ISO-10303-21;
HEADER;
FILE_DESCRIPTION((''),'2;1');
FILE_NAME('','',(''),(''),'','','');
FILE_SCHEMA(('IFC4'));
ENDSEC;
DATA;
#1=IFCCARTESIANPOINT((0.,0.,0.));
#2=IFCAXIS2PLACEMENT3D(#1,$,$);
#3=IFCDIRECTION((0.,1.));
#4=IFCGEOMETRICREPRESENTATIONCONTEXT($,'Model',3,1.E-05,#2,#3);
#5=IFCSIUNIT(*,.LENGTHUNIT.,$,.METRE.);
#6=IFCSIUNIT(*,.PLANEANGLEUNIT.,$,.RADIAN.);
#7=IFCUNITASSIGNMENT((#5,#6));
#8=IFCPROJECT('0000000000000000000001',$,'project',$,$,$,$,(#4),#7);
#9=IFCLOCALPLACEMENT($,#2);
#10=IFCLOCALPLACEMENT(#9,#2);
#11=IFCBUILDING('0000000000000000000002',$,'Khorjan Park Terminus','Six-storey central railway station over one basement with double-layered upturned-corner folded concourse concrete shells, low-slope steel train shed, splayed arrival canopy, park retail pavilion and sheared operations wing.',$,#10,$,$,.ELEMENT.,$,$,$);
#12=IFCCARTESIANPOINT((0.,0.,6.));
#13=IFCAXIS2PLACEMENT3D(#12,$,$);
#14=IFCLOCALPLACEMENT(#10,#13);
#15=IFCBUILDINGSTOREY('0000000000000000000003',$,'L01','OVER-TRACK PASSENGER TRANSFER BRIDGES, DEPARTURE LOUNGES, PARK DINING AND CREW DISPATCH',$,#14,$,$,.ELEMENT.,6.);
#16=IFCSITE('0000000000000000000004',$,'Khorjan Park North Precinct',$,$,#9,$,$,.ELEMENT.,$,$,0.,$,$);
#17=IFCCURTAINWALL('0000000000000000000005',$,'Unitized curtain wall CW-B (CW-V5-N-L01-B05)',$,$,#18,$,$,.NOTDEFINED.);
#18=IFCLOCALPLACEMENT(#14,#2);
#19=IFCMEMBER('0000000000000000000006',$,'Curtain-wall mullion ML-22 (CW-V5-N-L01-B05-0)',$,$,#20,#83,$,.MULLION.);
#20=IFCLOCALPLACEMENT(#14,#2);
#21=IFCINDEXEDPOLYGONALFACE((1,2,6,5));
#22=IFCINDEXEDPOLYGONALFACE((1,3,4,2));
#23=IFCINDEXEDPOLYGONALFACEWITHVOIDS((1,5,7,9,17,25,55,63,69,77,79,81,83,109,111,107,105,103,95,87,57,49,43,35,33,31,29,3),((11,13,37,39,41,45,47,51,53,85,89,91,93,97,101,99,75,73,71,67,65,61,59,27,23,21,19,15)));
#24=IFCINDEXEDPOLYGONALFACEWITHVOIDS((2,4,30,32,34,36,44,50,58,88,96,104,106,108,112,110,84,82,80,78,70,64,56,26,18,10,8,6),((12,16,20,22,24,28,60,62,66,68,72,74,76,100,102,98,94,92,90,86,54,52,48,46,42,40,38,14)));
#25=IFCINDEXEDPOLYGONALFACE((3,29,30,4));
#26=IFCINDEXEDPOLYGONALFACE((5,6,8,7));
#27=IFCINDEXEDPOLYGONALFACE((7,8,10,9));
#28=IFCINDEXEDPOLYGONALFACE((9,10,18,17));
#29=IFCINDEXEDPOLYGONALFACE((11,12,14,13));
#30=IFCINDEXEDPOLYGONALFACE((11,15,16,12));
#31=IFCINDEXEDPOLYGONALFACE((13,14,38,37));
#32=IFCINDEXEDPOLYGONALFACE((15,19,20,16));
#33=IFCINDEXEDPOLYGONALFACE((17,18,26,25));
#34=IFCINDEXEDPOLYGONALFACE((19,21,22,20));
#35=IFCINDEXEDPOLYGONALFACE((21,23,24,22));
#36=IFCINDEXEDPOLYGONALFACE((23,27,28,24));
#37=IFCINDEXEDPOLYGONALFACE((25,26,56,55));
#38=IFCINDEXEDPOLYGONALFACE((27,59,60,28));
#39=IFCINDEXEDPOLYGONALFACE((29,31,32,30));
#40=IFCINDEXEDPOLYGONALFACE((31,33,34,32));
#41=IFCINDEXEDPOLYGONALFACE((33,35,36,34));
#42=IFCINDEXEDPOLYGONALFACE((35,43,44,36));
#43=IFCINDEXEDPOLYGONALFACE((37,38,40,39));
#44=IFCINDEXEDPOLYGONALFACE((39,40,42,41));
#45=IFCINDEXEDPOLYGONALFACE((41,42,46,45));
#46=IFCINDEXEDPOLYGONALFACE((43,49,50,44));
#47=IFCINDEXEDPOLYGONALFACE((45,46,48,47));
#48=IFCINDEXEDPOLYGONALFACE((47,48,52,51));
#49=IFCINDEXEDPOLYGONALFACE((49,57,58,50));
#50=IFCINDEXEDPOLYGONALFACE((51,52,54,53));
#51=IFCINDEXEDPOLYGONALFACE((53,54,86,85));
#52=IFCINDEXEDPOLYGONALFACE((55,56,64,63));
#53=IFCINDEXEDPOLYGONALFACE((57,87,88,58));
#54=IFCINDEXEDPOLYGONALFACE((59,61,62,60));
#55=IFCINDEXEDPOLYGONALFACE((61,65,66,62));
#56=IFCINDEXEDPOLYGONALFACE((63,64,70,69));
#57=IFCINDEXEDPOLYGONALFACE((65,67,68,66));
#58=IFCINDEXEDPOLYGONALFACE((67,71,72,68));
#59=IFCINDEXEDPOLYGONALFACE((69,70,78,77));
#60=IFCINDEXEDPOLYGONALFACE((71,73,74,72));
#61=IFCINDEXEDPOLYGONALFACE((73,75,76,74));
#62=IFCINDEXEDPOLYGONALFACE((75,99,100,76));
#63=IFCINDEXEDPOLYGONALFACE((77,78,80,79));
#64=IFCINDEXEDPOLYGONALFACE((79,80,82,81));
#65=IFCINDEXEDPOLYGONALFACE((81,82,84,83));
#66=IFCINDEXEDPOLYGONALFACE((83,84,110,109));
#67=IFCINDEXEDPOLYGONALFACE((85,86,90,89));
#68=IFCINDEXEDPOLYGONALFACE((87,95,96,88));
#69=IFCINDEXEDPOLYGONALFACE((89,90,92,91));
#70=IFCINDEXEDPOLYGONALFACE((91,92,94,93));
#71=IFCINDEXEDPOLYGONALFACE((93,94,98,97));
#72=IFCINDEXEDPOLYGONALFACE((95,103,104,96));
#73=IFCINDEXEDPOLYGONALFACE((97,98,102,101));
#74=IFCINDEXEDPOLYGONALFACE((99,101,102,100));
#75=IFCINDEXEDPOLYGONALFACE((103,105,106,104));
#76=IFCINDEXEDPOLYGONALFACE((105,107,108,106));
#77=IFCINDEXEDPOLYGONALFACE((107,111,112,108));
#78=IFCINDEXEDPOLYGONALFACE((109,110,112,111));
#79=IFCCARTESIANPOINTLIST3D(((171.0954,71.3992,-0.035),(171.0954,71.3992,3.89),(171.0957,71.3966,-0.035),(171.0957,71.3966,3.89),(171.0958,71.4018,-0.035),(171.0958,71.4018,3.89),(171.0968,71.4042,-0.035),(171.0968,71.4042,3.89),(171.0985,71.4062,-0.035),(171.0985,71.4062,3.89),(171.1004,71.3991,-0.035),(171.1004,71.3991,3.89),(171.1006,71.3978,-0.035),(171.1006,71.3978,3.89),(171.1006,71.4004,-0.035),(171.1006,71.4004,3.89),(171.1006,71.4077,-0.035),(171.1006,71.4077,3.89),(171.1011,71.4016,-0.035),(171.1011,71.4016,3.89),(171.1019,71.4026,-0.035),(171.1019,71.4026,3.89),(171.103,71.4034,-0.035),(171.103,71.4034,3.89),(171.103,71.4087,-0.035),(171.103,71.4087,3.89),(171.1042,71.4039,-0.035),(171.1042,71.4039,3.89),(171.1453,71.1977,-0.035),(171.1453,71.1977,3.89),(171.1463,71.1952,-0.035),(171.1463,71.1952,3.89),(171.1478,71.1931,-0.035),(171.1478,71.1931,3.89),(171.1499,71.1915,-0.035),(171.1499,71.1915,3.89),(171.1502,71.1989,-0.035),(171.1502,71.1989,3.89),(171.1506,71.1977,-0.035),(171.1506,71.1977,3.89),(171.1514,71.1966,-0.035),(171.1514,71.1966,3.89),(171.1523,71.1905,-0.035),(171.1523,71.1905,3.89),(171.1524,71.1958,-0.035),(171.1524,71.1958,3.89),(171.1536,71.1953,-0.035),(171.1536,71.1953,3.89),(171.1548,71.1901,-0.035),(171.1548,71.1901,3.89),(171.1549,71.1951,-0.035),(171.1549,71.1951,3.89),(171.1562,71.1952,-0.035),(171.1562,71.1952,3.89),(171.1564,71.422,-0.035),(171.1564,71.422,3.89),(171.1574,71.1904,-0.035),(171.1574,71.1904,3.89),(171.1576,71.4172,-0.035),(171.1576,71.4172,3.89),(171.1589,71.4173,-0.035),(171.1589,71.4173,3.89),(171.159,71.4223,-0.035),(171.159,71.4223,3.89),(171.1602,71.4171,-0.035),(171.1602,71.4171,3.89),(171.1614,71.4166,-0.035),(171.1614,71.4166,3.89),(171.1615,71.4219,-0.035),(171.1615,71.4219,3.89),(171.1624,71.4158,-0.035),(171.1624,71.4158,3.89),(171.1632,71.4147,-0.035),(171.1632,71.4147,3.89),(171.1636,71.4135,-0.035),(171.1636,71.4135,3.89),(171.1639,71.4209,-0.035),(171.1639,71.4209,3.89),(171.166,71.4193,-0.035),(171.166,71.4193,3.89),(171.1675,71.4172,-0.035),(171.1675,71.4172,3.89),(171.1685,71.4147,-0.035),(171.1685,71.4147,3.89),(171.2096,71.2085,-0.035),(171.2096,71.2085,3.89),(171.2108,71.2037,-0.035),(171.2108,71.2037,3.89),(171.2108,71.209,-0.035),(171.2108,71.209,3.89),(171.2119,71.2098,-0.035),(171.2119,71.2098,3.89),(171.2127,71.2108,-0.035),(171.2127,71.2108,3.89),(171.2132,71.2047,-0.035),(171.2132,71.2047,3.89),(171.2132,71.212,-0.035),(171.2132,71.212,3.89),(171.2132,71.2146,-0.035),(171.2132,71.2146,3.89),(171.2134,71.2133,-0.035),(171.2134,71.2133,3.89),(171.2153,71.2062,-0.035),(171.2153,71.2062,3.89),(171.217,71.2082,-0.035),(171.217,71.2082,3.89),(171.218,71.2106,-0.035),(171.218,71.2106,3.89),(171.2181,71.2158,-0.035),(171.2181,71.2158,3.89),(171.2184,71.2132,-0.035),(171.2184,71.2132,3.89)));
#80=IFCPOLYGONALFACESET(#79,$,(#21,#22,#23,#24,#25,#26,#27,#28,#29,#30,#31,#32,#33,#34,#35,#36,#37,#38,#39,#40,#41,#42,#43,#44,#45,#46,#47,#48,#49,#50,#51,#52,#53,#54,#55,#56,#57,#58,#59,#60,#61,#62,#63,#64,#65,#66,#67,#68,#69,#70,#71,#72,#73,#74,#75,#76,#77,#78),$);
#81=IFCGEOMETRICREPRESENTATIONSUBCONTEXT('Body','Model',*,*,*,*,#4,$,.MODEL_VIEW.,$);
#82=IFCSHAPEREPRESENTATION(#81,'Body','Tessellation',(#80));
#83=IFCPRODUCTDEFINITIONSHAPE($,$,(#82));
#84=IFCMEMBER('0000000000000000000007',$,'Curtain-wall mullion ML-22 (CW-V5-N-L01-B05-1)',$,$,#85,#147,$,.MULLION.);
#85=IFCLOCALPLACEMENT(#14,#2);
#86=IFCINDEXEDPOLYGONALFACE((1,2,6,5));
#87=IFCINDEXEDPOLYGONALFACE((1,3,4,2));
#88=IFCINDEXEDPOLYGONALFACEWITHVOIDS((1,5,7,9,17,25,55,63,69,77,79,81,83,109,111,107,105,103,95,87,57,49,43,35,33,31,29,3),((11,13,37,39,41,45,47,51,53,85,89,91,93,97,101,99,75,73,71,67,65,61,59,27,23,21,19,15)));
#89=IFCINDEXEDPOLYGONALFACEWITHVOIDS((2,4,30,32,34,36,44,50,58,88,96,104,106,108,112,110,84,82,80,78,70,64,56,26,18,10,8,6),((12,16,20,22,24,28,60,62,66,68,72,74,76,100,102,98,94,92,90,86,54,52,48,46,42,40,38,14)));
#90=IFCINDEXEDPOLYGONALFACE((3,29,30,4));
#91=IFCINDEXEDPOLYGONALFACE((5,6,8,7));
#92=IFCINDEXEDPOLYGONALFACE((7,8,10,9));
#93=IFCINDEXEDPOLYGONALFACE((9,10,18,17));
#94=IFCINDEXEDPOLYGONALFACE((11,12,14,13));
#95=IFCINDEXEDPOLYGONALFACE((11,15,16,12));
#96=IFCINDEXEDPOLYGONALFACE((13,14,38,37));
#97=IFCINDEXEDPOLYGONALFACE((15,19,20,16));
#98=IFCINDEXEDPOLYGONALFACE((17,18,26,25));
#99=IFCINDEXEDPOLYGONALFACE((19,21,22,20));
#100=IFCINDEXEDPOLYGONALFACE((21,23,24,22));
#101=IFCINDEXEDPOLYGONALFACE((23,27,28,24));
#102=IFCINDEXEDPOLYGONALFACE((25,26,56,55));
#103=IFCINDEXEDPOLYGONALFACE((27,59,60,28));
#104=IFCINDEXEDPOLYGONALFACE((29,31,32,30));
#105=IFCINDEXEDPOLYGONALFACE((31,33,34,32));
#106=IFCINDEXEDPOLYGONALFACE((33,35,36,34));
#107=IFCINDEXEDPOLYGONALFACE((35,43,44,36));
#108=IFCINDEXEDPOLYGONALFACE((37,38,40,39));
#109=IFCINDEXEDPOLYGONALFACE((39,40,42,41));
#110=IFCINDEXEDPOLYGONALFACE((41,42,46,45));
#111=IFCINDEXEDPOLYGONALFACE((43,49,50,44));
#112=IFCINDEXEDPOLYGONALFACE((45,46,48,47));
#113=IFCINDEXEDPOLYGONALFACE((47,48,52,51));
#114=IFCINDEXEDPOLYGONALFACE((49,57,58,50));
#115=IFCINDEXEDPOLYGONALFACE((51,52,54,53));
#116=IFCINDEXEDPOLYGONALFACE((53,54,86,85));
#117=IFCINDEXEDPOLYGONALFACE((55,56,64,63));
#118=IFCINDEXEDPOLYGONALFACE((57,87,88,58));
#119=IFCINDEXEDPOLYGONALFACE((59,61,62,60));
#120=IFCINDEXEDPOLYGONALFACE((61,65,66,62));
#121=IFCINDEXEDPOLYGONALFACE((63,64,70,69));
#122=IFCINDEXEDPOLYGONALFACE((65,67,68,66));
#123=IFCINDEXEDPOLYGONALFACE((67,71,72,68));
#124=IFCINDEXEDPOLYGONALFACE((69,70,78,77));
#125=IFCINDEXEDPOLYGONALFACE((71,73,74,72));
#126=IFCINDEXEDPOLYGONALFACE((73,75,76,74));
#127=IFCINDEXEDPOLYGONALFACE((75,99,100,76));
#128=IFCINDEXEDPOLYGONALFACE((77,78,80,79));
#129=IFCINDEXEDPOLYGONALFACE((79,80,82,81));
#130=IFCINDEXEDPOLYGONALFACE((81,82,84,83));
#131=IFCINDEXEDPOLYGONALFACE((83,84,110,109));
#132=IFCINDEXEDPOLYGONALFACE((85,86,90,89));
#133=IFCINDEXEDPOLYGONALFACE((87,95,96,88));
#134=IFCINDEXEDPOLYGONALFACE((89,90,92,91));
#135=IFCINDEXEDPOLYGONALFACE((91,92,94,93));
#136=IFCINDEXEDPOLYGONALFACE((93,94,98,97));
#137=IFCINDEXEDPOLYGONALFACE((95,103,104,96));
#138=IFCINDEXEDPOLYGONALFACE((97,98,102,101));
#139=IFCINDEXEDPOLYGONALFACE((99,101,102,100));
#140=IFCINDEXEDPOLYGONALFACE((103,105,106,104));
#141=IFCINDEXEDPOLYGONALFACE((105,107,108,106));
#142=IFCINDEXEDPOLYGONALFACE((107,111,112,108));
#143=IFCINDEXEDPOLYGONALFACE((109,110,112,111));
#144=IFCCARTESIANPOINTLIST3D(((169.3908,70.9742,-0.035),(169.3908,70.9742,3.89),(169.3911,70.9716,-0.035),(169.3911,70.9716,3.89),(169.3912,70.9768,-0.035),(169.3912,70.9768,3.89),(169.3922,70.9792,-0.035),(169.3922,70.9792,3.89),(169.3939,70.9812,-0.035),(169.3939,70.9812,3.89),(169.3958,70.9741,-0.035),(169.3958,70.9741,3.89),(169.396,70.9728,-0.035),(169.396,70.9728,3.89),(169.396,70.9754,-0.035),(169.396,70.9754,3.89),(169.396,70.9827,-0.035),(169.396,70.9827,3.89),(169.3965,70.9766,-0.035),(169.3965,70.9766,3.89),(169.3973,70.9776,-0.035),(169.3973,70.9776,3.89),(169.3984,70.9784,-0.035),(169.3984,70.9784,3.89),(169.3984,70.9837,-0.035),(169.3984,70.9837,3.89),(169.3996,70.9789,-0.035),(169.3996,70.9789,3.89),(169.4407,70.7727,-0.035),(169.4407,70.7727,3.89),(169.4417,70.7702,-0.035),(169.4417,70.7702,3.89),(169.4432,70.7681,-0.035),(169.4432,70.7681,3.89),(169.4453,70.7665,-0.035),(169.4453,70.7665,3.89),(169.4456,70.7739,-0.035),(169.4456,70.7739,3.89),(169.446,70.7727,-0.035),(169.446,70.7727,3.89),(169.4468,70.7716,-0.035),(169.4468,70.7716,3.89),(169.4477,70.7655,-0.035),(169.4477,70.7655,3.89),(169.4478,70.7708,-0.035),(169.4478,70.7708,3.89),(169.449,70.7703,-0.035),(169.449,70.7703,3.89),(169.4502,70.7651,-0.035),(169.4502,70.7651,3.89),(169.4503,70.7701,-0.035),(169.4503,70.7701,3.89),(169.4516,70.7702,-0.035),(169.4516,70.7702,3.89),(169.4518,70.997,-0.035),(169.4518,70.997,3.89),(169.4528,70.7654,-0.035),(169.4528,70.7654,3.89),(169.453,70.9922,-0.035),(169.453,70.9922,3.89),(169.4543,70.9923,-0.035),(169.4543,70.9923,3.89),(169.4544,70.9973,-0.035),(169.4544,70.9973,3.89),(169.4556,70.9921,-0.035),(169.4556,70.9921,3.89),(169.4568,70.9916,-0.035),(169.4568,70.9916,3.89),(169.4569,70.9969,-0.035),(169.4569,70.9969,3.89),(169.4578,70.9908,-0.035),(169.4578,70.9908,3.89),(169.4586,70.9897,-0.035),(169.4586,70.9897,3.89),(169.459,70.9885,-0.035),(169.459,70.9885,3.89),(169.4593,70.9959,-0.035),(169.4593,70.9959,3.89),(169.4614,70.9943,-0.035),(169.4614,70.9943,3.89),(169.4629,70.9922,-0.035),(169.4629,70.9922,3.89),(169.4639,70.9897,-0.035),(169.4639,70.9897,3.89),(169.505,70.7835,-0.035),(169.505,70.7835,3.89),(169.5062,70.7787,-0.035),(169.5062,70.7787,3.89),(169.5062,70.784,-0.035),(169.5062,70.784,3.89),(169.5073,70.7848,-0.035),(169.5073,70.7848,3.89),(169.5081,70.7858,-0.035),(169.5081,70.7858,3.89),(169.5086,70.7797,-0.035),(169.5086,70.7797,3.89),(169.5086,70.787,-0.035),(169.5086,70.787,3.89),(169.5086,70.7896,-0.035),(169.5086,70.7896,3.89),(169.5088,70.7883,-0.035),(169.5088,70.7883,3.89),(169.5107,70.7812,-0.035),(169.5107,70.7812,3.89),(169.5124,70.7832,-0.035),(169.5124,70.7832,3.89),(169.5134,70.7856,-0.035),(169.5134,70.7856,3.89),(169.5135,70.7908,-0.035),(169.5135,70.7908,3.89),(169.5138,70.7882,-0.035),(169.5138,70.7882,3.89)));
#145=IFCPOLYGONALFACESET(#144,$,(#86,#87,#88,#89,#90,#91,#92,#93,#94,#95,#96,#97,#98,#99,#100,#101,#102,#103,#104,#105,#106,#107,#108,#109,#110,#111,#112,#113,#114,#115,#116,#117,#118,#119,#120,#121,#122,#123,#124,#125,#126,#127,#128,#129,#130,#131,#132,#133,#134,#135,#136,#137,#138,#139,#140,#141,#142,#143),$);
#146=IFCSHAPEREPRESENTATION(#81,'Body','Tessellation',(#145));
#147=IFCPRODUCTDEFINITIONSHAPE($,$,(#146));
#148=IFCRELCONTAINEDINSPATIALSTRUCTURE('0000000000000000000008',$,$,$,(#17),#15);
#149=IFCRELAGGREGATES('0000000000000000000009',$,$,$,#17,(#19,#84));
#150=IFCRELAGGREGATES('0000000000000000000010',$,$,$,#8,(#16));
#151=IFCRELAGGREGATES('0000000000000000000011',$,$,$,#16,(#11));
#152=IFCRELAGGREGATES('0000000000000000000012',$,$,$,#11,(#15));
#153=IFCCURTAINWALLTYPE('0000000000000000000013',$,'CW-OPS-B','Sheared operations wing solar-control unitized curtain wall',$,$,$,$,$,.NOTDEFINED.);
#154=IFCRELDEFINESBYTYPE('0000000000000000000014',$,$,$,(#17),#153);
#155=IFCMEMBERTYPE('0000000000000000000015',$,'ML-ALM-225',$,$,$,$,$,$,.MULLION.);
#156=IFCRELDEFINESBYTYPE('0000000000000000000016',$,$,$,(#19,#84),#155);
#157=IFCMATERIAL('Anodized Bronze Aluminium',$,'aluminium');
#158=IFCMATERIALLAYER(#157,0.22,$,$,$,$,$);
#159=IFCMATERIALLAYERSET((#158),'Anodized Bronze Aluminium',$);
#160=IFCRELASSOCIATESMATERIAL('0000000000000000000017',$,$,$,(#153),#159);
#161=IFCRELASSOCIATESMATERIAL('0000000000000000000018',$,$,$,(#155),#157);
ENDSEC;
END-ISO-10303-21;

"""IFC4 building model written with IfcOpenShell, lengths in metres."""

from ifc_helpers import new_model, si_unit, direction, frame, origin, origin_2d, place, context, subcontext, project, spatial, hollow_rectangle, extrude, material, layer, layer_set, material_profile, profile_set, type_object, element, aggregate, save


model = new_model("IFC4")

# Units and contexts
model_context = context("Model", 3, precision=1e-05, world=origin(), true_north=direction((0.0, 1.0)))
body_context = subcontext(model_context, "Body", "Model", "MODEL_VIEW")
ifc_project = project(units=[si_unit("LENGTHUNIT", "METRE"), si_unit("PLANEANGLEUNIT", "RADIAN")], contexts=[model_context])

# Site, building, storey
site_placement = place(None, origin())
site = spatial("IfcSite", under=ifc_project, at=site_placement, Name="Khorjan Park North Precinct", CompositionType="ELEMENT", RefElevation=0.0)
building_placement = place(site_placement, origin())
building = spatial("IfcBuilding", under=site, at=building_placement, Name="Khorjan Park Terminus", Description="Six-storey central railway station over one basement with double-layered upturned-corner folded concourse concrete shells, low-slope steel train shed, splayed arrival canopy, park retail pavilion and sheared operations wing.", CompositionType="ELEMENT")
storey_placement = place(building_placement, frame((0.0, 0.0, 6.0)))
storey = spatial("IfcBuildingStorey", under=building, at=storey_placement, Name="L01", Description="OVER-TRACK PASSENGER TRANSFER BRIDGES, DEPARTURE LOUNGES, PARK DINING AND CREW DISPATCH", CompositionType="ELEMENT", Elevation=6.0)

# Curtain wall, members
ifc_material_1 = material(Name="Anodized Bronze Aluminium", Category="aluminium")
ifc_layer_1 = layer(ifc_material_1, 0.22)
ifc_layer_set_1 = layer_set([ifc_layer_1], Name="Anodized Bronze Aluminium")
curtain_wall_type = type_object("IfcCurtainWallType", Name="CW-OPS-B", Description="Sheared operations wing solar-control unitized curtain wall", PredefinedType="NOTDEFINED", material=ifc_layer_set_1)
curtain_wall_placement = place(storey_placement, origin())
curtain_wall = element("IfcCurtainWall", 1, at=curtain_wall_placement, inside=storey, type_object=curtain_wall_type, Name="Unitized curtain wall CW-B (CW-V5-N-L01-B05)", PredefinedType="NOTDEFINED")
ifc_material_profile_1 = material_profile(ifc_material_1, hollow_rectangle(XDim=0.075, YDim=0.225, WallThickness=0.005, InnerFilletRadius=0.005, OuterFilletRadius=0.01, at=origin_2d()), Name="ALM 75x225x5")
ifc_profile_set_1 = profile_set([ifc_material_profile_1], Name="Anodized Bronze Aluminium")
member_type_1 = type_object("IfcMemberType", Name="ML-ALM-225", PredefinedType="MULLION", material=ifc_profile_set_1)
member_1_placement = place(storey_placement, frame((171.1569, 71.3062, -0.035), z_axis=(0.0, 0.0, 1.0), x_axis=(-0.970299, -0.241911, 0.0)))
member_1 = element("IfcMember", 2, at=member_1_placement, type_object=member_type_1, Name="Curtain-wall mullion ML-22 (CW-V5-N-L01-B05-0)", PredefinedType="MULLION", context=body_context, shape_type="SweptSolid", body=[
    extrude(hollow_rectangle(XDim=0.075, YDim=0.225, WallThickness=0.005, InnerFilletRadius=0.005, OuterFilletRadius=0.01, at=origin_2d()), origin(), (0.0, 0.0, 1.0), 3.925),
])
member_2_placement = place(storey_placement, frame((169.4523, 70.8812, -0.035), z_axis=(0.0, 0.0, 1.0), x_axis=(-0.970299, -0.241911, 0.0)))
member_2 = element("IfcMember", 3, at=member_2_placement, type_object=member_type_1, Name="Curtain-wall mullion ML-22 (CW-V5-N-L01-B05-1)", PredefinedType="MULLION", context=body_context, shape_type="SweptSolid", body=[
    extrude(hollow_rectangle(XDim=0.075, YDim=0.225, WallThickness=0.005, InnerFilletRadius=0.005, OuterFilletRadius=0.01, at=origin_2d()), origin(), (0.0, 0.0, 1.0), 3.925),
])
aggregate(curtain_wall, [member_1, member_2])

save(model, "model.ifc")
